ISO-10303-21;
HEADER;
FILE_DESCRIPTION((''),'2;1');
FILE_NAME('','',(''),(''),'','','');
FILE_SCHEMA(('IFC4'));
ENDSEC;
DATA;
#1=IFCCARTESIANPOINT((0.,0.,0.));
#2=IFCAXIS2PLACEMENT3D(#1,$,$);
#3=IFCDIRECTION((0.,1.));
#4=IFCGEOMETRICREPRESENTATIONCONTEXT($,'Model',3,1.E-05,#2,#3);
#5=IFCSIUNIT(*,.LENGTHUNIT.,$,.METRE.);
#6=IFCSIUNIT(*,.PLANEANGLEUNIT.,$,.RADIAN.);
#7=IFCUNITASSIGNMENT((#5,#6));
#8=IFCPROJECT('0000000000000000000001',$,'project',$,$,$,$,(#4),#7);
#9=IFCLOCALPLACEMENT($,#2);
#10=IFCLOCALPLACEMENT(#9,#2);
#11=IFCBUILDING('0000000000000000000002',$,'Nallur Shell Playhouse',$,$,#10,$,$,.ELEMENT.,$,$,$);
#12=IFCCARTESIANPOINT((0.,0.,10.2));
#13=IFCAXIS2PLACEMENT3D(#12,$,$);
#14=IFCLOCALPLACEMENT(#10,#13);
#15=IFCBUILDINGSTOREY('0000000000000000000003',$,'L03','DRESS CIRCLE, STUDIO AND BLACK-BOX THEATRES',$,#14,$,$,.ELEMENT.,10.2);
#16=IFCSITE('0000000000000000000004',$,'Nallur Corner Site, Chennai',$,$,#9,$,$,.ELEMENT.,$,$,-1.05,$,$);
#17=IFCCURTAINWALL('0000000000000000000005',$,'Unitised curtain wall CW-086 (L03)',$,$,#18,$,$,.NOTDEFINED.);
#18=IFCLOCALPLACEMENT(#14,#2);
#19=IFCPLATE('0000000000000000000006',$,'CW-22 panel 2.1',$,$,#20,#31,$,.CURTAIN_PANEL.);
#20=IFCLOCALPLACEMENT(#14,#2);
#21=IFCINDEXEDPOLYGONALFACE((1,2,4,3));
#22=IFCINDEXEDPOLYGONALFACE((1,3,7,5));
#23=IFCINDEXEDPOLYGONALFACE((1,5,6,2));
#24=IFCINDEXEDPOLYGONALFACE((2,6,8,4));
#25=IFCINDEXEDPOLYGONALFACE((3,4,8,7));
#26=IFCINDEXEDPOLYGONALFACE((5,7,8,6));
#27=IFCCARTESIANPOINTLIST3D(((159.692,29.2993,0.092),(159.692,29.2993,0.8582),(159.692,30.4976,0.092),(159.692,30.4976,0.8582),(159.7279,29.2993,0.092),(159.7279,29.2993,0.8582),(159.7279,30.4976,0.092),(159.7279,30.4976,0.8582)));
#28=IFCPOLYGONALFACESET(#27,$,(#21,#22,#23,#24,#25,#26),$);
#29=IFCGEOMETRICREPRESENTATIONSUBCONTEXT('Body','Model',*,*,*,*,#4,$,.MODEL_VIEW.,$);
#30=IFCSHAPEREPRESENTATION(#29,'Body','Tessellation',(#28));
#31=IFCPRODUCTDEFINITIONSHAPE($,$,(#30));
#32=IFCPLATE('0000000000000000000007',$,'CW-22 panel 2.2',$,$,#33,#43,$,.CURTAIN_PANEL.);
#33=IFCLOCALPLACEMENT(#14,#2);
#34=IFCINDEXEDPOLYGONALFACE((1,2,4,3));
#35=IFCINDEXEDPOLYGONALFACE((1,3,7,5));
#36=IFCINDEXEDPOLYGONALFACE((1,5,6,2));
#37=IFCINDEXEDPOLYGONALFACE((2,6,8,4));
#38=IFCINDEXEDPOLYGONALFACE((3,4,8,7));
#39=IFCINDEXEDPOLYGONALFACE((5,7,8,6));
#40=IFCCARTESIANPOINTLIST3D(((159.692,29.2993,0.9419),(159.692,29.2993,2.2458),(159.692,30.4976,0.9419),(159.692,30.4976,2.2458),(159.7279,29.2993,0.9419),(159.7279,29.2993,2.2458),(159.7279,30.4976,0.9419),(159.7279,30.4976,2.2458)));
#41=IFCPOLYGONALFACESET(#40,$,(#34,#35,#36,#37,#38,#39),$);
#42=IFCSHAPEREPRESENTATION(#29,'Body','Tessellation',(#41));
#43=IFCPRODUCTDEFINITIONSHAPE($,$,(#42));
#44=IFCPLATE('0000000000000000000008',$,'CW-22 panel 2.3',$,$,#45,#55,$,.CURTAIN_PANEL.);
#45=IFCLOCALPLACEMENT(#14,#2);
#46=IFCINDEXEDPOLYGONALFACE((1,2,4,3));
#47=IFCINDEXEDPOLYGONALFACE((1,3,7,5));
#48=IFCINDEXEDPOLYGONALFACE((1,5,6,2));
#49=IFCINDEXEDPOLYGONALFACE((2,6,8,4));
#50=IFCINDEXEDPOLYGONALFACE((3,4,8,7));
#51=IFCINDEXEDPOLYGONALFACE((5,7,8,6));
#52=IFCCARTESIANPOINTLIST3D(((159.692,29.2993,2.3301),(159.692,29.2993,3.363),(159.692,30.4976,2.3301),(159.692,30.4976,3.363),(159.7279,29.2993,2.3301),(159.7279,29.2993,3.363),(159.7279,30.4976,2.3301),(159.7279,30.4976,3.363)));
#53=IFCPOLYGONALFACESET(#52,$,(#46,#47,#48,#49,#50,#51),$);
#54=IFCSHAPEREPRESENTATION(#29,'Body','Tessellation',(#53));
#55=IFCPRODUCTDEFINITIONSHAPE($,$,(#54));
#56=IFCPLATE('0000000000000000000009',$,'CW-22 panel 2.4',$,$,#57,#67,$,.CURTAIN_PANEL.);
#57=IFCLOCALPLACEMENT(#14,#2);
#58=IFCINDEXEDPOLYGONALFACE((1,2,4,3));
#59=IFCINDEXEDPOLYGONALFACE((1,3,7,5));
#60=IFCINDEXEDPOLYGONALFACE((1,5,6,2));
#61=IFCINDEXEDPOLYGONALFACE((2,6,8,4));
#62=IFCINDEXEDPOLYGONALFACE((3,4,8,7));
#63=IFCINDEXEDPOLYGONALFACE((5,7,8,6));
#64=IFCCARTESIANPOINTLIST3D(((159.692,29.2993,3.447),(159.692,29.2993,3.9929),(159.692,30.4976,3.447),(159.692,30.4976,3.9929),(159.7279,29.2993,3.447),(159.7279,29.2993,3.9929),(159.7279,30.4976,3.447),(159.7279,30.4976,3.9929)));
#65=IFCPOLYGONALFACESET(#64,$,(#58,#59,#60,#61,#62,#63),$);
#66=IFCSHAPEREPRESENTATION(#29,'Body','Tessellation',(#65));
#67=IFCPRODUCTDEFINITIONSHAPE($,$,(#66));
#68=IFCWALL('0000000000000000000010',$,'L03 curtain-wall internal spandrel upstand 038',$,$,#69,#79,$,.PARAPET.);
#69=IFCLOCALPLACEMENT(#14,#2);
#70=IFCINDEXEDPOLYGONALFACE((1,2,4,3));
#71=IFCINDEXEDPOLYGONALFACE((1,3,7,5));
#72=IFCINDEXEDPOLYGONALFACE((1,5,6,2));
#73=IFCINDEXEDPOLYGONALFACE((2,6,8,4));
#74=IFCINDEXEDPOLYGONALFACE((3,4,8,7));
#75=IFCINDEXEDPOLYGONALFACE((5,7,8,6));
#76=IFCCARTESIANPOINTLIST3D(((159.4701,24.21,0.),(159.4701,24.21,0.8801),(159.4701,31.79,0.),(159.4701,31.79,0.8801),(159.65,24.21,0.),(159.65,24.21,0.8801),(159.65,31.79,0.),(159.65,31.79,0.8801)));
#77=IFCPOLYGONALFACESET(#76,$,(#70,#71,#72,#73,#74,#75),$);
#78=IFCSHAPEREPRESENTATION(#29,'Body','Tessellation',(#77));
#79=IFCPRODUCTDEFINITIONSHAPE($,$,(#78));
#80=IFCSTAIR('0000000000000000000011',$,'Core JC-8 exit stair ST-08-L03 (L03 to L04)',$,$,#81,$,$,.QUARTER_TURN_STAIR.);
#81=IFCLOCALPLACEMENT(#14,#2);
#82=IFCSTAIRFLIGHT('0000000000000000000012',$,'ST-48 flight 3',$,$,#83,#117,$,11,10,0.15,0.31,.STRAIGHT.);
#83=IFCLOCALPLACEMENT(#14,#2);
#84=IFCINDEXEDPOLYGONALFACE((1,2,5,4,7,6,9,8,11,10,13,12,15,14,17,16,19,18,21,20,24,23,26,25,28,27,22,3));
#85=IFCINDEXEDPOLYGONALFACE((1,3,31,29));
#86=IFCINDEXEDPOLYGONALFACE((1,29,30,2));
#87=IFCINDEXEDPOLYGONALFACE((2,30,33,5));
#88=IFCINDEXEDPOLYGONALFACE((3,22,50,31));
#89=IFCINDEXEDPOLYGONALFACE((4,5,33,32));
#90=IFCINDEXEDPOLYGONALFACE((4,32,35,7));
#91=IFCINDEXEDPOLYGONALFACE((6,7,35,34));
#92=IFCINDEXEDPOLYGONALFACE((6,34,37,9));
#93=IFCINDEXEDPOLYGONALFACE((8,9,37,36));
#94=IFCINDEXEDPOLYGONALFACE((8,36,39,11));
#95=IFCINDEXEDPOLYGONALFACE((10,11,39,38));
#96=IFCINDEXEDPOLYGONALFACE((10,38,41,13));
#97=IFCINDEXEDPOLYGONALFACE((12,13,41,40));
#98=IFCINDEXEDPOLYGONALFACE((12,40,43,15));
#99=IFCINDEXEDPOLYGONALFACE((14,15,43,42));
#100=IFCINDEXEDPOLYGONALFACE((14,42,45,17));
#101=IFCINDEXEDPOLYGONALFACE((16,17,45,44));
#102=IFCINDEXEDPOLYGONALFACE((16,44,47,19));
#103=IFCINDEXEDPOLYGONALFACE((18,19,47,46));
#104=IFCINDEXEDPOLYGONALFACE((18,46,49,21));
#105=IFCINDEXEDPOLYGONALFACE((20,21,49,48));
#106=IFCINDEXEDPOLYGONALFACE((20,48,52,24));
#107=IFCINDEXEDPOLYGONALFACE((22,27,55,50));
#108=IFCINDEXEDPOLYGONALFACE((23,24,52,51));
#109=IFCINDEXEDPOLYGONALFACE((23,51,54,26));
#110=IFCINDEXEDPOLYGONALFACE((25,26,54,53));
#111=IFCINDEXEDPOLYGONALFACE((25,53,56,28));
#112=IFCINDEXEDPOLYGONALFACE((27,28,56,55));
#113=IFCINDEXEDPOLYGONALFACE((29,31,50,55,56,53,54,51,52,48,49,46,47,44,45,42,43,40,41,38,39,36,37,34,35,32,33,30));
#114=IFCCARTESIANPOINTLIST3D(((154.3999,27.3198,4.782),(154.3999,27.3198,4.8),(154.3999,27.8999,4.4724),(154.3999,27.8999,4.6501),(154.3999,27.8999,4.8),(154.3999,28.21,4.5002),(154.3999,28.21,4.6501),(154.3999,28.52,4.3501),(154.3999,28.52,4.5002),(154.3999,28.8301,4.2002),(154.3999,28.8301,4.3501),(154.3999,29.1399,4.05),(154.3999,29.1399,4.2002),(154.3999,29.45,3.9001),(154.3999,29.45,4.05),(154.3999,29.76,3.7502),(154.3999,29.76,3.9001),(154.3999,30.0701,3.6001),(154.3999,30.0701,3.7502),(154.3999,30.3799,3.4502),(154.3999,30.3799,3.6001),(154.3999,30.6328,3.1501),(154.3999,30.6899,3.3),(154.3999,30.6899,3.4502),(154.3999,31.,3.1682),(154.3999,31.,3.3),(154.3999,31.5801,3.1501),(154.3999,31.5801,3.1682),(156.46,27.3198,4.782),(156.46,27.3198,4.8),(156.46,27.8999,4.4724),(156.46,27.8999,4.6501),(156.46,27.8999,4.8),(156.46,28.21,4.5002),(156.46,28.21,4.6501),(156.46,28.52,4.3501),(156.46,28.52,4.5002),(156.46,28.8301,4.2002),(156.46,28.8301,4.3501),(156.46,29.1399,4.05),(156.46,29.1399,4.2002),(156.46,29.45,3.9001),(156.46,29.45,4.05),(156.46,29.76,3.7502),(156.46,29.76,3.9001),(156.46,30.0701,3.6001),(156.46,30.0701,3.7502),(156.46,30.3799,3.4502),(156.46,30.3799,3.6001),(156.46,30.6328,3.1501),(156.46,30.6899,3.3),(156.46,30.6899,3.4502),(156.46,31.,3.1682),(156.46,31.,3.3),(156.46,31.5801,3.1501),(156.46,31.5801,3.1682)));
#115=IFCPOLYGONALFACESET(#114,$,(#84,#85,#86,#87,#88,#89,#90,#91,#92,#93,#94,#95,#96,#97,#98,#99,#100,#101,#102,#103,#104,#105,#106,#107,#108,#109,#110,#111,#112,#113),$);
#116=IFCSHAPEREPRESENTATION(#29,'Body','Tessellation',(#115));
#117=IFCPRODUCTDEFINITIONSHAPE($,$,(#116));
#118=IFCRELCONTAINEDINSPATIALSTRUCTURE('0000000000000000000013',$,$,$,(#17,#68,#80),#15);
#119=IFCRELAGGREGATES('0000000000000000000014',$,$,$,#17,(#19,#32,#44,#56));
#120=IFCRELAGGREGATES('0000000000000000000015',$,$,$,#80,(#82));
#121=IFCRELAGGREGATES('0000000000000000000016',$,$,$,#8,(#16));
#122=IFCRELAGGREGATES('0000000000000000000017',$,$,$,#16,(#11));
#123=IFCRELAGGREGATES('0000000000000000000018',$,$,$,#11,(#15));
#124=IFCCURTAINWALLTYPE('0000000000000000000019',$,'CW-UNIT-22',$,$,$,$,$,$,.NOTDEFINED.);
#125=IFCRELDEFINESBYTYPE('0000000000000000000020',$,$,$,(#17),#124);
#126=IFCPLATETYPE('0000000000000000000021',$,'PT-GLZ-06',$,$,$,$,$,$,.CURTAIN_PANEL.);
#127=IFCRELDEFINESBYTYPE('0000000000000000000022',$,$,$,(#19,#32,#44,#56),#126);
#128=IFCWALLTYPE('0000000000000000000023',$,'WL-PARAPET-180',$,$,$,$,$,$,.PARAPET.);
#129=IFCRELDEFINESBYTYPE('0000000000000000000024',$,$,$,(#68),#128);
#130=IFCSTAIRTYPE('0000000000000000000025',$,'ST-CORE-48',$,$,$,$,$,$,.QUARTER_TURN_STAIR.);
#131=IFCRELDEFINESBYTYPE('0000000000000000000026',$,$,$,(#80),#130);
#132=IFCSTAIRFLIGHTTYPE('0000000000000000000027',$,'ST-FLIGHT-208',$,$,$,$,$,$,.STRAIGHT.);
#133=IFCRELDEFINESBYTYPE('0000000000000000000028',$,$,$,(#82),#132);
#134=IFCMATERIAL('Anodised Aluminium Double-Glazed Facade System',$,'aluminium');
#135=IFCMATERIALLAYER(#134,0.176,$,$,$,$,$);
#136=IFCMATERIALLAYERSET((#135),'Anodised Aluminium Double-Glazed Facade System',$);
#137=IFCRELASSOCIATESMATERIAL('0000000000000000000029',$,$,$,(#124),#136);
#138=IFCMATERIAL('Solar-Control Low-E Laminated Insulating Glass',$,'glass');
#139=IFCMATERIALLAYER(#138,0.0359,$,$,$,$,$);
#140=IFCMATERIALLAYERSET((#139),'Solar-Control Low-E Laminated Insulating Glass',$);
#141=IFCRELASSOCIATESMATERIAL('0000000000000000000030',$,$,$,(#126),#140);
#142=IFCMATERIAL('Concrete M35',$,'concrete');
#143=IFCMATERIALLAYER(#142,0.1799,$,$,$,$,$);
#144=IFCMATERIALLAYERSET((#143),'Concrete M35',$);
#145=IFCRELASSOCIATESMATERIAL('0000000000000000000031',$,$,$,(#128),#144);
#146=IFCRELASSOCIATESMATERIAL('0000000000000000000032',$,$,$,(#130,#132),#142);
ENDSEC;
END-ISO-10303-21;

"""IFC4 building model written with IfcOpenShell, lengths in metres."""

from ifc_helpers import new_model, si_unit, direction, frame, frame_2d, origin, origin_2d, place, context, subcontext, project, spatial, polyline, rectangle, outline, extrude, material, layer, layer_set, type_object, element, aggregate, save


model = new_model("IFC4")

# Units and contexts
model_context = context("Model", 3, precision=1e-05, world=origin(), true_north=direction((0.0, 1.0)))
body_context = subcontext(model_context, "Body", "Model", "MODEL_VIEW")
ifc_project = project(units=[si_unit("LENGTHUNIT", "METRE"), si_unit("PLANEANGLEUNIT", "RADIAN")], contexts=[model_context])

# Site, building, storey
site_placement = place(None, origin())
site = spatial("IfcSite", under=ifc_project, at=site_placement, Name="Nallur Corner Site, Chennai", CompositionType="ELEMENT", RefElevation=-1.05)
building_placement = place(site_placement, origin())
building = spatial("IfcBuilding", under=site, at=building_placement, Name="Nallur Shell Playhouse", CompositionType="ELEMENT")
storey_placement = place(building_placement, frame((0.0, 0.0, 10.2)))
storey = spatial("IfcBuildingStorey", under=building, at=storey_placement, Name="L03", Description="DRESS CIRCLE, STUDIO AND BLACK-BOX THEATRES", CompositionType="ELEMENT", Elevation=10.2)

# Shared definitions
ifc_material_1 = material(Name="Concrete M35", Category="concrete")

# Curtain wall
ifc_material_2 = material(Name="Anodised Aluminium Double-Glazed Facade System", Category="aluminium")
ifc_layer_1 = layer(ifc_material_2, 0.176)
ifc_layer_set_1 = layer_set([ifc_layer_1], Name="Anodised Aluminium Double-Glazed Facade System")
curtain_wall_type_1 = type_object("IfcCurtainWallType", Name="CW-UNIT-22", PredefinedType="NOTDEFINED", material=ifc_layer_set_1)
curtain_wall_1_placement = place(storey_placement, origin())
curtain_wall_1 = element("IfcCurtainWall", 1, at=curtain_wall_1_placement, inside=storey, type_object=curtain_wall_type_1, Name="Unitised curtain wall CW-086 (L03)", PredefinedType="NOTDEFINED")

# Plates
ifc_material_3 = material(Name="Solar-Control Low-E Laminated Insulating Glass", Category="glass")
ifc_layer_2 = layer(ifc_material_3, 0.0359)
ifc_layer_set_2 = layer_set([ifc_layer_2], Name="Solar-Control Low-E Laminated Insulating Glass")
plate_type_1 = type_object("IfcPlateType", Name="PT-GLZ-06", PredefinedType="CURTAIN_PANEL", material=ifc_layer_set_2)
plate_1_placement = place(storey_placement, frame((159.71, 29.8984, 0.092), z_axis=(0.0, 0.0, 1.0), x_axis=(0.0, -1.0, 0.0)))
plate_1 = element("IfcPlate", 2, at=plate_1_placement, type_object=plate_type_1, Name="CW-22 panel 2.1", PredefinedType="CURTAIN_PANEL", context=body_context, shape_type="SweptSolid", body=[
    extrude(rectangle(XDim=1.1982, YDim=0.0359, at=origin_2d()), origin(), (0.0, 0.0, 1.0), 0.7661),
])
plate_2_placement = place(storey_placement, frame((159.71, 29.8984, 0.9419), z_axis=(0.0, 0.0, 1.0), x_axis=(0.0, -1.0, 0.0)))
plate_2 = element("IfcPlate", 3, at=plate_2_placement, type_object=plate_type_1, Name="CW-22 panel 2.2", PredefinedType="CURTAIN_PANEL", context=body_context, shape_type="SweptSolid", body=[
    extrude(rectangle(XDim=1.1982, YDim=0.0359, at=origin_2d()), origin(), (0.0, 0.0, 1.0), 1.304),
])
plate_3_placement = place(storey_placement, frame((159.71, 29.8984, 2.3301), z_axis=(0.0, 0.0, 1.0), x_axis=(0.0, -1.0, 0.0)))
plate_3 = element("IfcPlate", 4, at=plate_3_placement, type_object=plate_type_1, Name="CW-22 panel 2.3", PredefinedType="CURTAIN_PANEL", context=body_context, shape_type="SweptSolid", body=[
    extrude(rectangle(XDim=1.1982, YDim=0.0359, at=origin_2d()), origin(), (0.0, 0.0, 1.0), 1.033),
])
plate_4_placement = place(storey_placement, frame((159.71, 29.8984, 3.447), z_axis=(0.0, 0.0, 1.0), x_axis=(0.0, -1.0, 0.0)))
plate_4 = element("IfcPlate", 5, at=plate_4_placement, type_object=plate_type_1, Name="CW-22 panel 2.4", PredefinedType="CURTAIN_PANEL", context=body_context, shape_type="SweptSolid", body=[
    extrude(rectangle(XDim=1.1982, YDim=0.0359, at=origin_2d()), origin(), (0.0, 0.0, 1.0), 0.5459),
])
aggregate(curtain_wall_1, [plate_1, plate_2, plate_3, plate_4])

# Wall
ifc_layer_3 = layer(ifc_material_1, 0.1799)
ifc_layer_set_3 = layer_set([ifc_layer_3], Name="Concrete M35")
wall_type = type_object("IfcWallType", Name="WL-PARAPET-180", PredefinedType="PARAPET", material=ifc_layer_set_3)
wall_placement = place(storey_placement, frame((159.5601, 31.79, 0.0), z_axis=(0.0, 0.0, 1.0), x_axis=(0.0, -1.0, 0.0)))
element("IfcWall", 6, at=wall_placement, inside=storey, type_object=wall_type, Name="L03 curtain-wall internal spandrel upstand 038", PredefinedType="PARAPET", context=body_context, shape_type="SweptSolid", body=[
    extrude(rectangle(XDim=7.5801, YDim=0.1799, at=frame_2d((3.79, 0.0))), origin(), (0.0, 0.0, 1.0), 0.8801),
])

# Stair, stair flight
stair_type = type_object("IfcStairType", Name="ST-CORE-48", PredefinedType="QUARTER_TURN_STAIR", material=ifc_material_1)
stair_placement = place(storey_placement, origin())
stair = element("IfcStair", 7, at=stair_placement, inside=storey, type_object=stair_type, Name="Core JC-8 exit stair ST-08-L03 (L03 to L04)", PredefinedType="QUARTER_TURN_STAIR")
stair_flight_type = type_object("IfcStairFlightType", Name="ST-FLIGHT-208", PredefinedType="STRAIGHT", material=ifc_material_1)
stair_flight_placement = place(storey_placement, frame((155.4299, 31.0, 3.1501), z_axis=(0.0, 0.0, 1.0), x_axis=(0.0, -1.0, 0.0)))
stair_flight = element("IfcStairFlight", 8, at=stair_flight_placement, type_object=stair_flight_type, Name="ST-48 flight 3", NumberOfRisers=11, NumberOfTreads=10, PredefinedType="STRAIGHT", RiserHeight=0.15, TreadLength=0.31, context=body_context, shape_type="SweptSolid", body=[
    extrude(outline(polyline([(-0.5801, 0.0), (-0.5801, 0.0181), (0.0, 0.0181), (0.0, 0.1499), (0.3101, 0.1499), (0.3101, 0.3), (0.6201, 0.3), (0.6201, 0.45), (0.9299, 0.45), (0.9299, 0.6001), (1.24, 0.6001), (1.24, 0.75), (1.55, 0.75), (1.55, 0.8999), (1.8601, 0.8999), (1.8601, 1.05), (2.1699, 1.05), (2.1699, 1.2), (2.48, 1.2), (2.48, 1.3501), (2.79, 1.3501), (2.79, 1.5), (3.1001, 1.5), (3.1001, 1.6499), (3.6802, 1.6499), (3.6802, 1.6318), (3.1001, 1.3223), (0.3672, 0.0), (-0.5801, 0.0)])), frame((0.0, 1.03, 0.0), z_axis=(0.0, -1.0, 0.0), x_axis=(1.0, 0.0, 0.0)), (0.0, 0.0, 1.0), 2.0601),
])
aggregate(stair, [stair_flight])

save(model, "model.ifc")
